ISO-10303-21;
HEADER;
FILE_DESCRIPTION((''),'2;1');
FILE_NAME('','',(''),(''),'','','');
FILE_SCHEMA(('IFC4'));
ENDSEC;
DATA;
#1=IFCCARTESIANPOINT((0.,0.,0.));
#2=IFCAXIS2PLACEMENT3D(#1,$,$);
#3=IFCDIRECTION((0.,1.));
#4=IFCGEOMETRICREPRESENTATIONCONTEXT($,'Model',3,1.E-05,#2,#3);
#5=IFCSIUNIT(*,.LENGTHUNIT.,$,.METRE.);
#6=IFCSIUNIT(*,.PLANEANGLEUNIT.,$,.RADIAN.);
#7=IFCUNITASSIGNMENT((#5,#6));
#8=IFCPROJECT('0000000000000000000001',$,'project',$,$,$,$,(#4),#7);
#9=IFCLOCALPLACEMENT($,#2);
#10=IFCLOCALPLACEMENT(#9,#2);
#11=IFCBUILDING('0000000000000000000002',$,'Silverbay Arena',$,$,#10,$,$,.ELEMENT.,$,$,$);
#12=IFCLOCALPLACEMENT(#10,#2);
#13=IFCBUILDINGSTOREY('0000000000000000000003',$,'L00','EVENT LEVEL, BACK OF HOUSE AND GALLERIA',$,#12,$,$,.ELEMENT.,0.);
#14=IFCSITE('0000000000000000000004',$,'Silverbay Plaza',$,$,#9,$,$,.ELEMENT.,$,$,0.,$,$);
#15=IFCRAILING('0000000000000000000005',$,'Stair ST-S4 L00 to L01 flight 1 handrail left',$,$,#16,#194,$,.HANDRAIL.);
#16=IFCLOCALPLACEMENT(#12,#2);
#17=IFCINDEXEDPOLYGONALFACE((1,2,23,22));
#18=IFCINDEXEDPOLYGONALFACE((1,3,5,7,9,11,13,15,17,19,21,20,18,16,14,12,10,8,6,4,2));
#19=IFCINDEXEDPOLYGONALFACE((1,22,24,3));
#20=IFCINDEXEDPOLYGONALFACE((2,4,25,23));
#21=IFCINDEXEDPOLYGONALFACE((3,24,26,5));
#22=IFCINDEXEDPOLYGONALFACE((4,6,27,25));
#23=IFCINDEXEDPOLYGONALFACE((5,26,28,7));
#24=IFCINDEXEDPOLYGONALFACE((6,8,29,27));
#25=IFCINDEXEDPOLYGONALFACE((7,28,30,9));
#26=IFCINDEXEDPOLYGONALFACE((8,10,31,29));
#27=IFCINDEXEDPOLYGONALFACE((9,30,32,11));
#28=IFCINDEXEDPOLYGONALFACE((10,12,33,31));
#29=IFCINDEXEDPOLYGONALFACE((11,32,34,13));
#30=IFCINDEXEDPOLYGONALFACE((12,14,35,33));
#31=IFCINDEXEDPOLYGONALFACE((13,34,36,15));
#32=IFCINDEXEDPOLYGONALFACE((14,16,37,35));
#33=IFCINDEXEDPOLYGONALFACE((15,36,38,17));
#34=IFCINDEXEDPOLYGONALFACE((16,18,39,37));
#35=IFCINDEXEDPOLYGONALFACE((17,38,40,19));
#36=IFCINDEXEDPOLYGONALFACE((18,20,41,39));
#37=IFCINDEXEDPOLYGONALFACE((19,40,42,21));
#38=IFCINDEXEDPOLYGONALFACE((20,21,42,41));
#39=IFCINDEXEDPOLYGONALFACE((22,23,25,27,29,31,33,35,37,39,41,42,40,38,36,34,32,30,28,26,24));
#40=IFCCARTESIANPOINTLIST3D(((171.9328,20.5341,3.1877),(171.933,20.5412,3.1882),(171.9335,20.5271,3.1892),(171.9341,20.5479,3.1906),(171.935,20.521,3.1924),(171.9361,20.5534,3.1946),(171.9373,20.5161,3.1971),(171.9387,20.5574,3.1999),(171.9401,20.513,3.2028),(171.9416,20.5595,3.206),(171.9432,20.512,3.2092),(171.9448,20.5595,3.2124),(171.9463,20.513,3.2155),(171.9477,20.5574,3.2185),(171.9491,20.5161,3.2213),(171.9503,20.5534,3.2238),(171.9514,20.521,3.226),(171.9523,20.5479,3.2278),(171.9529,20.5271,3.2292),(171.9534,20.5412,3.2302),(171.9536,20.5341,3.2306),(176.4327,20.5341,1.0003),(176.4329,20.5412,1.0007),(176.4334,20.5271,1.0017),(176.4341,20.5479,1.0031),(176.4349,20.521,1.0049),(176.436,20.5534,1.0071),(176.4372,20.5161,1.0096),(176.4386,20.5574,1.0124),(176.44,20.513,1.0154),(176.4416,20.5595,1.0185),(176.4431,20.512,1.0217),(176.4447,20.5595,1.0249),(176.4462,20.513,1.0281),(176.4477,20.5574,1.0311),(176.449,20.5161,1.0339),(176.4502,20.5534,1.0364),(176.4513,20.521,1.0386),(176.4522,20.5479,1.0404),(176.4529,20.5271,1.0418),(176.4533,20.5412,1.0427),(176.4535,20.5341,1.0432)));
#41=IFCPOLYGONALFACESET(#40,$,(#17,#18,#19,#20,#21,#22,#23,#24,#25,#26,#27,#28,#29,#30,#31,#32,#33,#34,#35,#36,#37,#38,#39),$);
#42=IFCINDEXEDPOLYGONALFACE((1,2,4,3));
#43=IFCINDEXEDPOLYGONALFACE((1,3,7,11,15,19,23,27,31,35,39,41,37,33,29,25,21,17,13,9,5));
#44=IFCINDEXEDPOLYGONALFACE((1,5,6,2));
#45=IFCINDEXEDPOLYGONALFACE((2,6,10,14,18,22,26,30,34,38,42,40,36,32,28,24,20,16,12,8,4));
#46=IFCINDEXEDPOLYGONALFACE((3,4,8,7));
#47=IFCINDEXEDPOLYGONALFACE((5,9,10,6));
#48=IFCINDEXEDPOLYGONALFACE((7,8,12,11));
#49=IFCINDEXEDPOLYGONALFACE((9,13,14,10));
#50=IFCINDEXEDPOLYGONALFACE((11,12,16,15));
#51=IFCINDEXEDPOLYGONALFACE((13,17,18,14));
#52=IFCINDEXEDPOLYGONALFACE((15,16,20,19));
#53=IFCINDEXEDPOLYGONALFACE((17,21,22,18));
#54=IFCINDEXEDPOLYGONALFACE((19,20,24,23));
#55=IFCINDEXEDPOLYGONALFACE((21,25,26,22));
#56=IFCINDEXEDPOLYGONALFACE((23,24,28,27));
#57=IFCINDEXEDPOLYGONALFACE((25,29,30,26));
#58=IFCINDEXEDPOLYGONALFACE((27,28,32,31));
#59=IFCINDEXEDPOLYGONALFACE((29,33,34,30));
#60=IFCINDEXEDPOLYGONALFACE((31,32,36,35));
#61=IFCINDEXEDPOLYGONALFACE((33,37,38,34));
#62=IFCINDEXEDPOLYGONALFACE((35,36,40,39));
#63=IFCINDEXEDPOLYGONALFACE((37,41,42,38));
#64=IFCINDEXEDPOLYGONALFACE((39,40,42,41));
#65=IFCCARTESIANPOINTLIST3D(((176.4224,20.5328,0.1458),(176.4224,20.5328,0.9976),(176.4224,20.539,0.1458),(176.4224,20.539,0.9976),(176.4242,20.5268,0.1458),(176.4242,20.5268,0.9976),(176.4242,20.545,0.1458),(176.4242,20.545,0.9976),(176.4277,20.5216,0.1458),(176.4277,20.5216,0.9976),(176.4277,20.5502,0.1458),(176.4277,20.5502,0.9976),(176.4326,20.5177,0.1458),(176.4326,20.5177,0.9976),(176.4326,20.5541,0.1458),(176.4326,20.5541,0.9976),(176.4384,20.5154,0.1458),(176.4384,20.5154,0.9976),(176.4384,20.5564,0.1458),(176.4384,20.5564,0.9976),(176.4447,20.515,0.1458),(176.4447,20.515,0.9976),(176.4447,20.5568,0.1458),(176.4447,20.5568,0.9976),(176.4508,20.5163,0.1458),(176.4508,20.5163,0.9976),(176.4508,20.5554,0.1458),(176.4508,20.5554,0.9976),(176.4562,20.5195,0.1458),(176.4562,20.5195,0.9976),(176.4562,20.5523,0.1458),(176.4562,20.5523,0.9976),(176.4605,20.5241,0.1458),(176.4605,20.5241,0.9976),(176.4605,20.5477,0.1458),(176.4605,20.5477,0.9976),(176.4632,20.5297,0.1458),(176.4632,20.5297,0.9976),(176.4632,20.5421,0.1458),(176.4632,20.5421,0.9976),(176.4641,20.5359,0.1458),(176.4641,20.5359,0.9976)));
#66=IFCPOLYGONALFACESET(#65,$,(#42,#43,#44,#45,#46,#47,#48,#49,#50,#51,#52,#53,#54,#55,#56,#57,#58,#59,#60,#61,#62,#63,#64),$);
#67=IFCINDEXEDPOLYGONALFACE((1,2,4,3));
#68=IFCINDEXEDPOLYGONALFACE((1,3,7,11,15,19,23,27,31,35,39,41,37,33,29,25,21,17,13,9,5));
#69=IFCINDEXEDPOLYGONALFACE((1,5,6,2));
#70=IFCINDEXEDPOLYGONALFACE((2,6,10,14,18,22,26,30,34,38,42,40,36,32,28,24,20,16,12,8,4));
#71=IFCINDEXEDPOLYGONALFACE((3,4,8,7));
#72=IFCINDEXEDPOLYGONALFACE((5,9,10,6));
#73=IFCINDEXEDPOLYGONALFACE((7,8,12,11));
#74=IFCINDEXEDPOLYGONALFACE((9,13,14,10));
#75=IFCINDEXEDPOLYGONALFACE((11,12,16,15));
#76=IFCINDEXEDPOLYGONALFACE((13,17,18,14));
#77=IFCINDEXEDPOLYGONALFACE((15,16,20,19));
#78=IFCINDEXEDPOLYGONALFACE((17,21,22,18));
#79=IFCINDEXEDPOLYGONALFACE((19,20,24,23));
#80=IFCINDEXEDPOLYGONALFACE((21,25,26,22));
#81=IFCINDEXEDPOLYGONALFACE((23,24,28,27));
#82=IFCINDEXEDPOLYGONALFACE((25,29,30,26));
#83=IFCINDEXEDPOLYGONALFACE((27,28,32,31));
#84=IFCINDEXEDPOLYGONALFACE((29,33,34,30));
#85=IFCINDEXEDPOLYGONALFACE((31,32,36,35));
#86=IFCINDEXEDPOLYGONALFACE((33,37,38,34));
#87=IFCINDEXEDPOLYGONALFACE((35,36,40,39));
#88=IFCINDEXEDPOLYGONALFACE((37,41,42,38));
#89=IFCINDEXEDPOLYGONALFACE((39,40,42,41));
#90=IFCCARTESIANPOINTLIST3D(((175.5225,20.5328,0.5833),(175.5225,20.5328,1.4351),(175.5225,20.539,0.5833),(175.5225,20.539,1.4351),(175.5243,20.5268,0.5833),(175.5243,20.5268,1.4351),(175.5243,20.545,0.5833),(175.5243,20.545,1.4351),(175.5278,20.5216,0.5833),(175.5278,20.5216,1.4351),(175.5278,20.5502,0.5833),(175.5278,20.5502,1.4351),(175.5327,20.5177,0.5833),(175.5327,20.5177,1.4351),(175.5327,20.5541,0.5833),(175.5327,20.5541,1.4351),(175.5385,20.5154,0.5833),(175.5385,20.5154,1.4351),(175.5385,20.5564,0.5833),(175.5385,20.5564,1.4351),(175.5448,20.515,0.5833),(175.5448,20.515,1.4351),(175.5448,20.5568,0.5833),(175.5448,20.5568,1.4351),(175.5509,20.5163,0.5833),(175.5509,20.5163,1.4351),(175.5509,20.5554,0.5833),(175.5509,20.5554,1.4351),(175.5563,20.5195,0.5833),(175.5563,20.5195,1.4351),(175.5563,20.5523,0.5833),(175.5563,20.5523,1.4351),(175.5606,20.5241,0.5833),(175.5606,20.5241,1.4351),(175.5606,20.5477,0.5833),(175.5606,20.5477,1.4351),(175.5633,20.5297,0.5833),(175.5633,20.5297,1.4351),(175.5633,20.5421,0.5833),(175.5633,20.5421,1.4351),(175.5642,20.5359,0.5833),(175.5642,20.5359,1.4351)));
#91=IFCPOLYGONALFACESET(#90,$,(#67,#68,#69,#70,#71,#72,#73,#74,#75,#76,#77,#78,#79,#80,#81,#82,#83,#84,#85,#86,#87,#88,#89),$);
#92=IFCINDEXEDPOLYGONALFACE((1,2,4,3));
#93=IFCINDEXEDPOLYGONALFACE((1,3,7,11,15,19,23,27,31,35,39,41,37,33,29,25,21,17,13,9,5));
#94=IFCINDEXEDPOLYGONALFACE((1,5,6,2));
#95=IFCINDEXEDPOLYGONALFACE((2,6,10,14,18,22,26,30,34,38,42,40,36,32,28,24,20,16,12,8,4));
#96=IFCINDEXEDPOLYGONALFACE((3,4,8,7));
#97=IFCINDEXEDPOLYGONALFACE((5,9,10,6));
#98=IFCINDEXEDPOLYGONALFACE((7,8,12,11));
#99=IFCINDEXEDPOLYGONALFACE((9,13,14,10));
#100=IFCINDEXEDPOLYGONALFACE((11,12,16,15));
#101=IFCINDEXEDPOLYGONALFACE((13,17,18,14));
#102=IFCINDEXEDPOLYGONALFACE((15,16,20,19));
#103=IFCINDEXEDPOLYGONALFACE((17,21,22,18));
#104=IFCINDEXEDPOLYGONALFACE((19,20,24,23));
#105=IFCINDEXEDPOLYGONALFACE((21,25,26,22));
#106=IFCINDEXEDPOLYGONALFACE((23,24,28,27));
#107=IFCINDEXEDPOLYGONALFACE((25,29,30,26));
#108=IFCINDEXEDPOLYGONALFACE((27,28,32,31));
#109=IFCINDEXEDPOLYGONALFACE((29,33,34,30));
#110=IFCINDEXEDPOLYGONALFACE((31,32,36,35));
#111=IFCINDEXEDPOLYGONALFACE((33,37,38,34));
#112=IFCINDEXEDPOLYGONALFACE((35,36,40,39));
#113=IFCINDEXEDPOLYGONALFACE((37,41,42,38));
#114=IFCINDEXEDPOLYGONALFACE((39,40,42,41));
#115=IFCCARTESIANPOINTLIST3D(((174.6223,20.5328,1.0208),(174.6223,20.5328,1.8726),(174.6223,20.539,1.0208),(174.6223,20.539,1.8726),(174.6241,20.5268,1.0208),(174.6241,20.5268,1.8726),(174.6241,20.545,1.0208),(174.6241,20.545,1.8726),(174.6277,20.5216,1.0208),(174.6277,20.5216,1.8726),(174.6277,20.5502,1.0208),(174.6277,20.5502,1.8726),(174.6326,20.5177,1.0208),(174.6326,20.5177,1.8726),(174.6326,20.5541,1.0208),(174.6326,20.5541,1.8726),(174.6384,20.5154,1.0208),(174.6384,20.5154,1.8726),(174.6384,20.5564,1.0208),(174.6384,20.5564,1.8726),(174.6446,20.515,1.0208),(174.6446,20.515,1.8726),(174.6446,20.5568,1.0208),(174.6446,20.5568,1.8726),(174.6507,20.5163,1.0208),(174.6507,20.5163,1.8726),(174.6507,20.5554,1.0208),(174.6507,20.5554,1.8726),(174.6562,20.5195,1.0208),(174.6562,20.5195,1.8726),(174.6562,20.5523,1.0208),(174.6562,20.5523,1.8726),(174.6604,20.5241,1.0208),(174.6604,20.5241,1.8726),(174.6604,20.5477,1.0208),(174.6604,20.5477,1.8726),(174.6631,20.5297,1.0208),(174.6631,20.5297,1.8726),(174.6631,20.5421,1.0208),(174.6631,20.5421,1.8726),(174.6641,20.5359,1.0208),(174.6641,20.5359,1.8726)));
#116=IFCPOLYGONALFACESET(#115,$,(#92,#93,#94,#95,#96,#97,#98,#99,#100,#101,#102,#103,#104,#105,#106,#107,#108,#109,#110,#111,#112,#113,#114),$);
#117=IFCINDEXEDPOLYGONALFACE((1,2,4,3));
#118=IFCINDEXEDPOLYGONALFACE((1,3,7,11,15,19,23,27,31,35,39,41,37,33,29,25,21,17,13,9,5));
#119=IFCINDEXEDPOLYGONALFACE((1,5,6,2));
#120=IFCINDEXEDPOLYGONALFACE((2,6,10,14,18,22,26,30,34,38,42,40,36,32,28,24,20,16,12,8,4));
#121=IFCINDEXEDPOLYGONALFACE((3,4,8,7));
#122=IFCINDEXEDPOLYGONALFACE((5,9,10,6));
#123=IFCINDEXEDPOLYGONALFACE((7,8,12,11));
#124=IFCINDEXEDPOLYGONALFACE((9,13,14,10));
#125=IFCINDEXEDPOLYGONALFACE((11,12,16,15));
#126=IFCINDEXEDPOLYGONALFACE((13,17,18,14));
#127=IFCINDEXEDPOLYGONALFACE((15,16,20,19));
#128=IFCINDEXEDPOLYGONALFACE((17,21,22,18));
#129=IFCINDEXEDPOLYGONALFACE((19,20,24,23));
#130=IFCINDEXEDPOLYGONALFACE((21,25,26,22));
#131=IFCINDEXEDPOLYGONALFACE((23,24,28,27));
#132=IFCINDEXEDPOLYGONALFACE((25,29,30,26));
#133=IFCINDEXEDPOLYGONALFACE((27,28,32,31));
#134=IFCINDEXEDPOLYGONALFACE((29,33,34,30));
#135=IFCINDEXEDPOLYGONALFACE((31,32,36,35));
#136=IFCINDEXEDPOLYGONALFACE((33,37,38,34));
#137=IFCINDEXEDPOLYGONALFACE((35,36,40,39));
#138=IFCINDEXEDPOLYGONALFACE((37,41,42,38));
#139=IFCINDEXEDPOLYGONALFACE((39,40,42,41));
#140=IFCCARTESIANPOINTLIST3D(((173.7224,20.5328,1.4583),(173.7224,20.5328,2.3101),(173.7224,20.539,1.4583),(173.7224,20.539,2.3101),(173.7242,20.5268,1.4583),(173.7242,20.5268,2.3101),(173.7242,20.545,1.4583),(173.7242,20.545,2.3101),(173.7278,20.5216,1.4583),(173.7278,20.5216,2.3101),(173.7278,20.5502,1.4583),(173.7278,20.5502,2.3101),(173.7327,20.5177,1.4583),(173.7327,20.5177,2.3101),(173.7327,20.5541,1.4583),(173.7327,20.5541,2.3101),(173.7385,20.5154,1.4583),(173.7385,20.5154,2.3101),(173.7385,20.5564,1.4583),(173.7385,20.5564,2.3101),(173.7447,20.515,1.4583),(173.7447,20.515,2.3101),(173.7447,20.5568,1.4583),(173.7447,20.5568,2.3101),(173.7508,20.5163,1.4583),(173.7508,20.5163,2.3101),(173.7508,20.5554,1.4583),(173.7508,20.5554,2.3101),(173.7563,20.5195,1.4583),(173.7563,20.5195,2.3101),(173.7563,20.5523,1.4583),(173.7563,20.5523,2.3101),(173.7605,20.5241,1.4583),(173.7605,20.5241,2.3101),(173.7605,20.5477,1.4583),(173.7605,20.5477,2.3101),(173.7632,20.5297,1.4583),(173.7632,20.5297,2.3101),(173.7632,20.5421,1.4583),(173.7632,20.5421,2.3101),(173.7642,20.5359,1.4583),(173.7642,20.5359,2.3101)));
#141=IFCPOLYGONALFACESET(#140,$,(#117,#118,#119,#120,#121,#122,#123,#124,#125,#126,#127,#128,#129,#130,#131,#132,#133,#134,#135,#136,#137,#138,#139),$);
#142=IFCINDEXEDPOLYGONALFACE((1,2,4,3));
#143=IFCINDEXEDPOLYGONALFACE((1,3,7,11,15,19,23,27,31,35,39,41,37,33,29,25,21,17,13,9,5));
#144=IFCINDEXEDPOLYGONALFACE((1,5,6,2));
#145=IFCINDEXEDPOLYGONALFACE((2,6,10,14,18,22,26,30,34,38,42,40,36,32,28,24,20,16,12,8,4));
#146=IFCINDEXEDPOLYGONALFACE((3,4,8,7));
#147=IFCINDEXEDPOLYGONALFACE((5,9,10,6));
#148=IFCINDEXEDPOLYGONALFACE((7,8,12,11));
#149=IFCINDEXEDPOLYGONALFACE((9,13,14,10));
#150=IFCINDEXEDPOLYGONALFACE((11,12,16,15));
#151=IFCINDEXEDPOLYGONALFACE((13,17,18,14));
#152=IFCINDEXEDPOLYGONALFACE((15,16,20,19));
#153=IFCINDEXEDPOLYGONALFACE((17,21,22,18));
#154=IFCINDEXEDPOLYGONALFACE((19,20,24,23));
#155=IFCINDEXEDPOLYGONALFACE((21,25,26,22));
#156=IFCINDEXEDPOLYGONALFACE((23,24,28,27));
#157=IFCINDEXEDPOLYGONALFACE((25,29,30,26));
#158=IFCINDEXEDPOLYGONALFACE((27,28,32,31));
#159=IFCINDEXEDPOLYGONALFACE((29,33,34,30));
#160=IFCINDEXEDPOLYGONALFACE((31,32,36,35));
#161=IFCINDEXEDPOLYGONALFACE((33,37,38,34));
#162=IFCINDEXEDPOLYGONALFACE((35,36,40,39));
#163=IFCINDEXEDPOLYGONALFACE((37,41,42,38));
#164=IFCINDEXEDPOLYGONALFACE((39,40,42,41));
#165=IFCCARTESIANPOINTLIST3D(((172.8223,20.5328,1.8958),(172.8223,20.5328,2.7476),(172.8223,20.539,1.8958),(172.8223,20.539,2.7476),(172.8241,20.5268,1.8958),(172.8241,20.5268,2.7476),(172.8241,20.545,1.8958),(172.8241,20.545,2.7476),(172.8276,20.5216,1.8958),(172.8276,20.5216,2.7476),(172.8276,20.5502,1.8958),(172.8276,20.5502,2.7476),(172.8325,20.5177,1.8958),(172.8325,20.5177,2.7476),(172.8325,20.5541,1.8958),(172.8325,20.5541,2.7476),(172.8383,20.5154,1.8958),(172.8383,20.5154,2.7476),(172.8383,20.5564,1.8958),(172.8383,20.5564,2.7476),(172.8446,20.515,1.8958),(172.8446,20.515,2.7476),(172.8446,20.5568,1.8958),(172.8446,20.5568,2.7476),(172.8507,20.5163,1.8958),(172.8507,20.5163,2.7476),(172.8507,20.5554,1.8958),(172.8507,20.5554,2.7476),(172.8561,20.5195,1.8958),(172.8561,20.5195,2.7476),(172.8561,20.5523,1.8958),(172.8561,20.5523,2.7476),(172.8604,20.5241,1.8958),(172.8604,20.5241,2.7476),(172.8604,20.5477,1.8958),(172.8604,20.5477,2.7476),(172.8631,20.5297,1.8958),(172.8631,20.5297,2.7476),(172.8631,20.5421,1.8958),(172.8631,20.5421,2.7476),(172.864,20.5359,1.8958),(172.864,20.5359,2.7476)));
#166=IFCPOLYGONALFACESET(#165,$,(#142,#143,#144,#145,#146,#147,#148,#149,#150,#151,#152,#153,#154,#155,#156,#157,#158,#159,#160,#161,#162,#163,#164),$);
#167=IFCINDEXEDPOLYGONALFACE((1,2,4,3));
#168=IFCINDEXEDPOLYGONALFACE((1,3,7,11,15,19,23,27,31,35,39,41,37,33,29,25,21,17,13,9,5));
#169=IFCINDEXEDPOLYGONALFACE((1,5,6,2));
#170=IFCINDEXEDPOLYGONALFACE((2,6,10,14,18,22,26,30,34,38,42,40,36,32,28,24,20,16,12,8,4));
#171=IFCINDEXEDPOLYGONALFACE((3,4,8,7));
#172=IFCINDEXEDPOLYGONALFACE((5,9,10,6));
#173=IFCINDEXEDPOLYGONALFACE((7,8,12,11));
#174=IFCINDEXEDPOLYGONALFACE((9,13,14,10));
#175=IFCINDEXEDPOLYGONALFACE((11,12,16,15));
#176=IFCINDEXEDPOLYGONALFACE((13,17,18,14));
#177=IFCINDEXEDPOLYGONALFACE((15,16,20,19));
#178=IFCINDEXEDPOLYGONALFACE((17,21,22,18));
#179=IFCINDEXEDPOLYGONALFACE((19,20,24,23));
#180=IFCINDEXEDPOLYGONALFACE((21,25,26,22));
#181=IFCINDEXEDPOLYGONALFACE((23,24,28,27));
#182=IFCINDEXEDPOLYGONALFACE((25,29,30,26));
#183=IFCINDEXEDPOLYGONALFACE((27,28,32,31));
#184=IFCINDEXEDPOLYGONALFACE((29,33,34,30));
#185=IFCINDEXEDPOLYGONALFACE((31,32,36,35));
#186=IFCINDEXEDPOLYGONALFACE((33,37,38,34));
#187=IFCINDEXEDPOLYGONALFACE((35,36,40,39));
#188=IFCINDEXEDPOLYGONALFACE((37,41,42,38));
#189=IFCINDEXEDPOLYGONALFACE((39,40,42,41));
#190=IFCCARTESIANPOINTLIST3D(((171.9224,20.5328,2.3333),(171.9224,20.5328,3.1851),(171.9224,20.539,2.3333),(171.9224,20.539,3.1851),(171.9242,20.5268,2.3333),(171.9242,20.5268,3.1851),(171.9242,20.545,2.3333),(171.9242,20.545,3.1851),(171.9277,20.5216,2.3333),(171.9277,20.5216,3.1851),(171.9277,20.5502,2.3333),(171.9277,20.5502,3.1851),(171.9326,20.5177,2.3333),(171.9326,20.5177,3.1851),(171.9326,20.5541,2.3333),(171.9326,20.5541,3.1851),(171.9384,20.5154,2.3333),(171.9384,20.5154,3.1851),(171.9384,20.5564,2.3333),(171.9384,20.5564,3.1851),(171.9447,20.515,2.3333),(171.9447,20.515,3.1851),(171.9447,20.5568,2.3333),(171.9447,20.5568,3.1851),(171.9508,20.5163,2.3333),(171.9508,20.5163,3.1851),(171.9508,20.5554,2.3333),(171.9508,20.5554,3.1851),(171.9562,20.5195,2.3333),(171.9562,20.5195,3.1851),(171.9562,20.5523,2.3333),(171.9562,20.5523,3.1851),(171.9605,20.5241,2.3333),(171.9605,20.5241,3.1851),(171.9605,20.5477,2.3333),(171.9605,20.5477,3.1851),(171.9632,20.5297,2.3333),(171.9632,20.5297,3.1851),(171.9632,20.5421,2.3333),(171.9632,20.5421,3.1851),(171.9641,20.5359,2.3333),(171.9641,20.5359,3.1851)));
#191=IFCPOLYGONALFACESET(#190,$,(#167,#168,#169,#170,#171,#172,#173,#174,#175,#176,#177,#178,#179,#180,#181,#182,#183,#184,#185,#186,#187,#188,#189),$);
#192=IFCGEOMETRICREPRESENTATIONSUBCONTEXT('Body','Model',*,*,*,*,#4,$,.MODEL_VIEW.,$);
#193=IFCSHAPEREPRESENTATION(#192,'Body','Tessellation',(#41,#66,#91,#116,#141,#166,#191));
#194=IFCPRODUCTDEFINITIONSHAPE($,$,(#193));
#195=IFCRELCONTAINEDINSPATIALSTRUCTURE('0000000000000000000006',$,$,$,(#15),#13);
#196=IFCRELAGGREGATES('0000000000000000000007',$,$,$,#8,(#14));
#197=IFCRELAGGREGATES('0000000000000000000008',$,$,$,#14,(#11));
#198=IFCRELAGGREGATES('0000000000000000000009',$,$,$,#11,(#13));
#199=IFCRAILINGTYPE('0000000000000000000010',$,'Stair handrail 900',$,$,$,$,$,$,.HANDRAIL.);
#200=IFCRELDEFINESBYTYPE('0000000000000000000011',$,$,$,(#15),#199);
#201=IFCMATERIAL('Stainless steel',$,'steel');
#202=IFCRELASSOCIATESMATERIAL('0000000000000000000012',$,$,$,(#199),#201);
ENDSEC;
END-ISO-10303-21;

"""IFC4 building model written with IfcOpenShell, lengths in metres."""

from ifc_helpers import new_model, si_unit, direction, frame, origin, origin_2d, place, context, subcontext, project, spatial, circle, extrude, material, type_object, element, save


model = new_model("IFC4")

# Units and contexts
model_context = context("Model", 3, precision=1e-05, world=origin(), true_north=direction((0.0, 1.0)))
body_context = subcontext(model_context, "Body", "Model", "MODEL_VIEW")
ifc_project = project(units=[si_unit("LENGTHUNIT", "METRE"), si_unit("PLANEANGLEUNIT", "RADIAN")], contexts=[model_context])

# Site, building, storey
site_placement = place(None, origin())
site = spatial("IfcSite", under=ifc_project, at=site_placement, Name="Silverbay Plaza", CompositionType="ELEMENT", RefElevation=0.0)
building_placement = place(site_placement, origin())
building = spatial("IfcBuilding", under=site, at=building_placement, Name="Silverbay Arena", CompositionType="ELEMENT")
storey_placement = place(building_placement, origin())
storey = spatial("IfcBuildingStorey", under=building, at=storey_placement, Name="L00", Description="EVENT LEVEL, BACK OF HOUSE AND GALLERIA", CompositionType="ELEMENT", Elevation=0.0)

# Railing
ifc_material_1 = material(Name="Stainless steel", Category="steel")
railing_type_1 = type_object("IfcRailingType", Name="Stair handrail 900", PredefinedType="HANDRAIL", material=ifc_material_1)
for number, where, name in (
    (1, (176.4431, 20.5359, 0.1458), "Stair ST-S4 L00 to L01 flight 1 handrail left"),
):
    element("IfcRailing", number, at=place(storey_placement, frame(where)), inside=storey, type_object=railing_type_1, Name=name, PredefinedType="HANDRAIL", context=body_context, shape_type="SweptSolid", body=[
        extrude(circle(Radius=0.0239, at=origin_2d()), frame((0.0, 0.0, 0.876), z_axis=(-0.899368, 0.0, 0.437193), x_axis=(0.0, -1.0, 0.0)), (0.0, 0.0, 1.0), 5.0034),
        extrude(circle(Radius=0.021, at=origin_2d()), origin(), (0.0, 0.0, 1.0), 0.8518),
        extrude(circle(Radius=0.021, at=origin_2d()), frame((-0.8999, 0.0, 0.4375)), (0.0, 0.0, 1.0), 0.8518),
        extrude(circle(Radius=0.021, at=origin_2d()), frame((-1.8, 0.0, 0.875)), (0.0, 0.0, 1.0), 0.8518),
        extrude(circle(Radius=0.021, at=origin_2d()), frame((-2.7, 0.0, 1.3125)), (0.0, 0.0, 1.0), 0.8518),
        extrude(circle(Radius=0.021, at=origin_2d()), frame((-3.6001, 0.0, 1.75)), (0.0, 0.0, 1.0), 0.8518),
        extrude(circle(Radius=0.021, at=origin_2d()), frame((-4.5, 0.0, 2.1875)), (0.0, 0.0, 1.0), 0.8518),
    ])

save(model, "model.ifc")
